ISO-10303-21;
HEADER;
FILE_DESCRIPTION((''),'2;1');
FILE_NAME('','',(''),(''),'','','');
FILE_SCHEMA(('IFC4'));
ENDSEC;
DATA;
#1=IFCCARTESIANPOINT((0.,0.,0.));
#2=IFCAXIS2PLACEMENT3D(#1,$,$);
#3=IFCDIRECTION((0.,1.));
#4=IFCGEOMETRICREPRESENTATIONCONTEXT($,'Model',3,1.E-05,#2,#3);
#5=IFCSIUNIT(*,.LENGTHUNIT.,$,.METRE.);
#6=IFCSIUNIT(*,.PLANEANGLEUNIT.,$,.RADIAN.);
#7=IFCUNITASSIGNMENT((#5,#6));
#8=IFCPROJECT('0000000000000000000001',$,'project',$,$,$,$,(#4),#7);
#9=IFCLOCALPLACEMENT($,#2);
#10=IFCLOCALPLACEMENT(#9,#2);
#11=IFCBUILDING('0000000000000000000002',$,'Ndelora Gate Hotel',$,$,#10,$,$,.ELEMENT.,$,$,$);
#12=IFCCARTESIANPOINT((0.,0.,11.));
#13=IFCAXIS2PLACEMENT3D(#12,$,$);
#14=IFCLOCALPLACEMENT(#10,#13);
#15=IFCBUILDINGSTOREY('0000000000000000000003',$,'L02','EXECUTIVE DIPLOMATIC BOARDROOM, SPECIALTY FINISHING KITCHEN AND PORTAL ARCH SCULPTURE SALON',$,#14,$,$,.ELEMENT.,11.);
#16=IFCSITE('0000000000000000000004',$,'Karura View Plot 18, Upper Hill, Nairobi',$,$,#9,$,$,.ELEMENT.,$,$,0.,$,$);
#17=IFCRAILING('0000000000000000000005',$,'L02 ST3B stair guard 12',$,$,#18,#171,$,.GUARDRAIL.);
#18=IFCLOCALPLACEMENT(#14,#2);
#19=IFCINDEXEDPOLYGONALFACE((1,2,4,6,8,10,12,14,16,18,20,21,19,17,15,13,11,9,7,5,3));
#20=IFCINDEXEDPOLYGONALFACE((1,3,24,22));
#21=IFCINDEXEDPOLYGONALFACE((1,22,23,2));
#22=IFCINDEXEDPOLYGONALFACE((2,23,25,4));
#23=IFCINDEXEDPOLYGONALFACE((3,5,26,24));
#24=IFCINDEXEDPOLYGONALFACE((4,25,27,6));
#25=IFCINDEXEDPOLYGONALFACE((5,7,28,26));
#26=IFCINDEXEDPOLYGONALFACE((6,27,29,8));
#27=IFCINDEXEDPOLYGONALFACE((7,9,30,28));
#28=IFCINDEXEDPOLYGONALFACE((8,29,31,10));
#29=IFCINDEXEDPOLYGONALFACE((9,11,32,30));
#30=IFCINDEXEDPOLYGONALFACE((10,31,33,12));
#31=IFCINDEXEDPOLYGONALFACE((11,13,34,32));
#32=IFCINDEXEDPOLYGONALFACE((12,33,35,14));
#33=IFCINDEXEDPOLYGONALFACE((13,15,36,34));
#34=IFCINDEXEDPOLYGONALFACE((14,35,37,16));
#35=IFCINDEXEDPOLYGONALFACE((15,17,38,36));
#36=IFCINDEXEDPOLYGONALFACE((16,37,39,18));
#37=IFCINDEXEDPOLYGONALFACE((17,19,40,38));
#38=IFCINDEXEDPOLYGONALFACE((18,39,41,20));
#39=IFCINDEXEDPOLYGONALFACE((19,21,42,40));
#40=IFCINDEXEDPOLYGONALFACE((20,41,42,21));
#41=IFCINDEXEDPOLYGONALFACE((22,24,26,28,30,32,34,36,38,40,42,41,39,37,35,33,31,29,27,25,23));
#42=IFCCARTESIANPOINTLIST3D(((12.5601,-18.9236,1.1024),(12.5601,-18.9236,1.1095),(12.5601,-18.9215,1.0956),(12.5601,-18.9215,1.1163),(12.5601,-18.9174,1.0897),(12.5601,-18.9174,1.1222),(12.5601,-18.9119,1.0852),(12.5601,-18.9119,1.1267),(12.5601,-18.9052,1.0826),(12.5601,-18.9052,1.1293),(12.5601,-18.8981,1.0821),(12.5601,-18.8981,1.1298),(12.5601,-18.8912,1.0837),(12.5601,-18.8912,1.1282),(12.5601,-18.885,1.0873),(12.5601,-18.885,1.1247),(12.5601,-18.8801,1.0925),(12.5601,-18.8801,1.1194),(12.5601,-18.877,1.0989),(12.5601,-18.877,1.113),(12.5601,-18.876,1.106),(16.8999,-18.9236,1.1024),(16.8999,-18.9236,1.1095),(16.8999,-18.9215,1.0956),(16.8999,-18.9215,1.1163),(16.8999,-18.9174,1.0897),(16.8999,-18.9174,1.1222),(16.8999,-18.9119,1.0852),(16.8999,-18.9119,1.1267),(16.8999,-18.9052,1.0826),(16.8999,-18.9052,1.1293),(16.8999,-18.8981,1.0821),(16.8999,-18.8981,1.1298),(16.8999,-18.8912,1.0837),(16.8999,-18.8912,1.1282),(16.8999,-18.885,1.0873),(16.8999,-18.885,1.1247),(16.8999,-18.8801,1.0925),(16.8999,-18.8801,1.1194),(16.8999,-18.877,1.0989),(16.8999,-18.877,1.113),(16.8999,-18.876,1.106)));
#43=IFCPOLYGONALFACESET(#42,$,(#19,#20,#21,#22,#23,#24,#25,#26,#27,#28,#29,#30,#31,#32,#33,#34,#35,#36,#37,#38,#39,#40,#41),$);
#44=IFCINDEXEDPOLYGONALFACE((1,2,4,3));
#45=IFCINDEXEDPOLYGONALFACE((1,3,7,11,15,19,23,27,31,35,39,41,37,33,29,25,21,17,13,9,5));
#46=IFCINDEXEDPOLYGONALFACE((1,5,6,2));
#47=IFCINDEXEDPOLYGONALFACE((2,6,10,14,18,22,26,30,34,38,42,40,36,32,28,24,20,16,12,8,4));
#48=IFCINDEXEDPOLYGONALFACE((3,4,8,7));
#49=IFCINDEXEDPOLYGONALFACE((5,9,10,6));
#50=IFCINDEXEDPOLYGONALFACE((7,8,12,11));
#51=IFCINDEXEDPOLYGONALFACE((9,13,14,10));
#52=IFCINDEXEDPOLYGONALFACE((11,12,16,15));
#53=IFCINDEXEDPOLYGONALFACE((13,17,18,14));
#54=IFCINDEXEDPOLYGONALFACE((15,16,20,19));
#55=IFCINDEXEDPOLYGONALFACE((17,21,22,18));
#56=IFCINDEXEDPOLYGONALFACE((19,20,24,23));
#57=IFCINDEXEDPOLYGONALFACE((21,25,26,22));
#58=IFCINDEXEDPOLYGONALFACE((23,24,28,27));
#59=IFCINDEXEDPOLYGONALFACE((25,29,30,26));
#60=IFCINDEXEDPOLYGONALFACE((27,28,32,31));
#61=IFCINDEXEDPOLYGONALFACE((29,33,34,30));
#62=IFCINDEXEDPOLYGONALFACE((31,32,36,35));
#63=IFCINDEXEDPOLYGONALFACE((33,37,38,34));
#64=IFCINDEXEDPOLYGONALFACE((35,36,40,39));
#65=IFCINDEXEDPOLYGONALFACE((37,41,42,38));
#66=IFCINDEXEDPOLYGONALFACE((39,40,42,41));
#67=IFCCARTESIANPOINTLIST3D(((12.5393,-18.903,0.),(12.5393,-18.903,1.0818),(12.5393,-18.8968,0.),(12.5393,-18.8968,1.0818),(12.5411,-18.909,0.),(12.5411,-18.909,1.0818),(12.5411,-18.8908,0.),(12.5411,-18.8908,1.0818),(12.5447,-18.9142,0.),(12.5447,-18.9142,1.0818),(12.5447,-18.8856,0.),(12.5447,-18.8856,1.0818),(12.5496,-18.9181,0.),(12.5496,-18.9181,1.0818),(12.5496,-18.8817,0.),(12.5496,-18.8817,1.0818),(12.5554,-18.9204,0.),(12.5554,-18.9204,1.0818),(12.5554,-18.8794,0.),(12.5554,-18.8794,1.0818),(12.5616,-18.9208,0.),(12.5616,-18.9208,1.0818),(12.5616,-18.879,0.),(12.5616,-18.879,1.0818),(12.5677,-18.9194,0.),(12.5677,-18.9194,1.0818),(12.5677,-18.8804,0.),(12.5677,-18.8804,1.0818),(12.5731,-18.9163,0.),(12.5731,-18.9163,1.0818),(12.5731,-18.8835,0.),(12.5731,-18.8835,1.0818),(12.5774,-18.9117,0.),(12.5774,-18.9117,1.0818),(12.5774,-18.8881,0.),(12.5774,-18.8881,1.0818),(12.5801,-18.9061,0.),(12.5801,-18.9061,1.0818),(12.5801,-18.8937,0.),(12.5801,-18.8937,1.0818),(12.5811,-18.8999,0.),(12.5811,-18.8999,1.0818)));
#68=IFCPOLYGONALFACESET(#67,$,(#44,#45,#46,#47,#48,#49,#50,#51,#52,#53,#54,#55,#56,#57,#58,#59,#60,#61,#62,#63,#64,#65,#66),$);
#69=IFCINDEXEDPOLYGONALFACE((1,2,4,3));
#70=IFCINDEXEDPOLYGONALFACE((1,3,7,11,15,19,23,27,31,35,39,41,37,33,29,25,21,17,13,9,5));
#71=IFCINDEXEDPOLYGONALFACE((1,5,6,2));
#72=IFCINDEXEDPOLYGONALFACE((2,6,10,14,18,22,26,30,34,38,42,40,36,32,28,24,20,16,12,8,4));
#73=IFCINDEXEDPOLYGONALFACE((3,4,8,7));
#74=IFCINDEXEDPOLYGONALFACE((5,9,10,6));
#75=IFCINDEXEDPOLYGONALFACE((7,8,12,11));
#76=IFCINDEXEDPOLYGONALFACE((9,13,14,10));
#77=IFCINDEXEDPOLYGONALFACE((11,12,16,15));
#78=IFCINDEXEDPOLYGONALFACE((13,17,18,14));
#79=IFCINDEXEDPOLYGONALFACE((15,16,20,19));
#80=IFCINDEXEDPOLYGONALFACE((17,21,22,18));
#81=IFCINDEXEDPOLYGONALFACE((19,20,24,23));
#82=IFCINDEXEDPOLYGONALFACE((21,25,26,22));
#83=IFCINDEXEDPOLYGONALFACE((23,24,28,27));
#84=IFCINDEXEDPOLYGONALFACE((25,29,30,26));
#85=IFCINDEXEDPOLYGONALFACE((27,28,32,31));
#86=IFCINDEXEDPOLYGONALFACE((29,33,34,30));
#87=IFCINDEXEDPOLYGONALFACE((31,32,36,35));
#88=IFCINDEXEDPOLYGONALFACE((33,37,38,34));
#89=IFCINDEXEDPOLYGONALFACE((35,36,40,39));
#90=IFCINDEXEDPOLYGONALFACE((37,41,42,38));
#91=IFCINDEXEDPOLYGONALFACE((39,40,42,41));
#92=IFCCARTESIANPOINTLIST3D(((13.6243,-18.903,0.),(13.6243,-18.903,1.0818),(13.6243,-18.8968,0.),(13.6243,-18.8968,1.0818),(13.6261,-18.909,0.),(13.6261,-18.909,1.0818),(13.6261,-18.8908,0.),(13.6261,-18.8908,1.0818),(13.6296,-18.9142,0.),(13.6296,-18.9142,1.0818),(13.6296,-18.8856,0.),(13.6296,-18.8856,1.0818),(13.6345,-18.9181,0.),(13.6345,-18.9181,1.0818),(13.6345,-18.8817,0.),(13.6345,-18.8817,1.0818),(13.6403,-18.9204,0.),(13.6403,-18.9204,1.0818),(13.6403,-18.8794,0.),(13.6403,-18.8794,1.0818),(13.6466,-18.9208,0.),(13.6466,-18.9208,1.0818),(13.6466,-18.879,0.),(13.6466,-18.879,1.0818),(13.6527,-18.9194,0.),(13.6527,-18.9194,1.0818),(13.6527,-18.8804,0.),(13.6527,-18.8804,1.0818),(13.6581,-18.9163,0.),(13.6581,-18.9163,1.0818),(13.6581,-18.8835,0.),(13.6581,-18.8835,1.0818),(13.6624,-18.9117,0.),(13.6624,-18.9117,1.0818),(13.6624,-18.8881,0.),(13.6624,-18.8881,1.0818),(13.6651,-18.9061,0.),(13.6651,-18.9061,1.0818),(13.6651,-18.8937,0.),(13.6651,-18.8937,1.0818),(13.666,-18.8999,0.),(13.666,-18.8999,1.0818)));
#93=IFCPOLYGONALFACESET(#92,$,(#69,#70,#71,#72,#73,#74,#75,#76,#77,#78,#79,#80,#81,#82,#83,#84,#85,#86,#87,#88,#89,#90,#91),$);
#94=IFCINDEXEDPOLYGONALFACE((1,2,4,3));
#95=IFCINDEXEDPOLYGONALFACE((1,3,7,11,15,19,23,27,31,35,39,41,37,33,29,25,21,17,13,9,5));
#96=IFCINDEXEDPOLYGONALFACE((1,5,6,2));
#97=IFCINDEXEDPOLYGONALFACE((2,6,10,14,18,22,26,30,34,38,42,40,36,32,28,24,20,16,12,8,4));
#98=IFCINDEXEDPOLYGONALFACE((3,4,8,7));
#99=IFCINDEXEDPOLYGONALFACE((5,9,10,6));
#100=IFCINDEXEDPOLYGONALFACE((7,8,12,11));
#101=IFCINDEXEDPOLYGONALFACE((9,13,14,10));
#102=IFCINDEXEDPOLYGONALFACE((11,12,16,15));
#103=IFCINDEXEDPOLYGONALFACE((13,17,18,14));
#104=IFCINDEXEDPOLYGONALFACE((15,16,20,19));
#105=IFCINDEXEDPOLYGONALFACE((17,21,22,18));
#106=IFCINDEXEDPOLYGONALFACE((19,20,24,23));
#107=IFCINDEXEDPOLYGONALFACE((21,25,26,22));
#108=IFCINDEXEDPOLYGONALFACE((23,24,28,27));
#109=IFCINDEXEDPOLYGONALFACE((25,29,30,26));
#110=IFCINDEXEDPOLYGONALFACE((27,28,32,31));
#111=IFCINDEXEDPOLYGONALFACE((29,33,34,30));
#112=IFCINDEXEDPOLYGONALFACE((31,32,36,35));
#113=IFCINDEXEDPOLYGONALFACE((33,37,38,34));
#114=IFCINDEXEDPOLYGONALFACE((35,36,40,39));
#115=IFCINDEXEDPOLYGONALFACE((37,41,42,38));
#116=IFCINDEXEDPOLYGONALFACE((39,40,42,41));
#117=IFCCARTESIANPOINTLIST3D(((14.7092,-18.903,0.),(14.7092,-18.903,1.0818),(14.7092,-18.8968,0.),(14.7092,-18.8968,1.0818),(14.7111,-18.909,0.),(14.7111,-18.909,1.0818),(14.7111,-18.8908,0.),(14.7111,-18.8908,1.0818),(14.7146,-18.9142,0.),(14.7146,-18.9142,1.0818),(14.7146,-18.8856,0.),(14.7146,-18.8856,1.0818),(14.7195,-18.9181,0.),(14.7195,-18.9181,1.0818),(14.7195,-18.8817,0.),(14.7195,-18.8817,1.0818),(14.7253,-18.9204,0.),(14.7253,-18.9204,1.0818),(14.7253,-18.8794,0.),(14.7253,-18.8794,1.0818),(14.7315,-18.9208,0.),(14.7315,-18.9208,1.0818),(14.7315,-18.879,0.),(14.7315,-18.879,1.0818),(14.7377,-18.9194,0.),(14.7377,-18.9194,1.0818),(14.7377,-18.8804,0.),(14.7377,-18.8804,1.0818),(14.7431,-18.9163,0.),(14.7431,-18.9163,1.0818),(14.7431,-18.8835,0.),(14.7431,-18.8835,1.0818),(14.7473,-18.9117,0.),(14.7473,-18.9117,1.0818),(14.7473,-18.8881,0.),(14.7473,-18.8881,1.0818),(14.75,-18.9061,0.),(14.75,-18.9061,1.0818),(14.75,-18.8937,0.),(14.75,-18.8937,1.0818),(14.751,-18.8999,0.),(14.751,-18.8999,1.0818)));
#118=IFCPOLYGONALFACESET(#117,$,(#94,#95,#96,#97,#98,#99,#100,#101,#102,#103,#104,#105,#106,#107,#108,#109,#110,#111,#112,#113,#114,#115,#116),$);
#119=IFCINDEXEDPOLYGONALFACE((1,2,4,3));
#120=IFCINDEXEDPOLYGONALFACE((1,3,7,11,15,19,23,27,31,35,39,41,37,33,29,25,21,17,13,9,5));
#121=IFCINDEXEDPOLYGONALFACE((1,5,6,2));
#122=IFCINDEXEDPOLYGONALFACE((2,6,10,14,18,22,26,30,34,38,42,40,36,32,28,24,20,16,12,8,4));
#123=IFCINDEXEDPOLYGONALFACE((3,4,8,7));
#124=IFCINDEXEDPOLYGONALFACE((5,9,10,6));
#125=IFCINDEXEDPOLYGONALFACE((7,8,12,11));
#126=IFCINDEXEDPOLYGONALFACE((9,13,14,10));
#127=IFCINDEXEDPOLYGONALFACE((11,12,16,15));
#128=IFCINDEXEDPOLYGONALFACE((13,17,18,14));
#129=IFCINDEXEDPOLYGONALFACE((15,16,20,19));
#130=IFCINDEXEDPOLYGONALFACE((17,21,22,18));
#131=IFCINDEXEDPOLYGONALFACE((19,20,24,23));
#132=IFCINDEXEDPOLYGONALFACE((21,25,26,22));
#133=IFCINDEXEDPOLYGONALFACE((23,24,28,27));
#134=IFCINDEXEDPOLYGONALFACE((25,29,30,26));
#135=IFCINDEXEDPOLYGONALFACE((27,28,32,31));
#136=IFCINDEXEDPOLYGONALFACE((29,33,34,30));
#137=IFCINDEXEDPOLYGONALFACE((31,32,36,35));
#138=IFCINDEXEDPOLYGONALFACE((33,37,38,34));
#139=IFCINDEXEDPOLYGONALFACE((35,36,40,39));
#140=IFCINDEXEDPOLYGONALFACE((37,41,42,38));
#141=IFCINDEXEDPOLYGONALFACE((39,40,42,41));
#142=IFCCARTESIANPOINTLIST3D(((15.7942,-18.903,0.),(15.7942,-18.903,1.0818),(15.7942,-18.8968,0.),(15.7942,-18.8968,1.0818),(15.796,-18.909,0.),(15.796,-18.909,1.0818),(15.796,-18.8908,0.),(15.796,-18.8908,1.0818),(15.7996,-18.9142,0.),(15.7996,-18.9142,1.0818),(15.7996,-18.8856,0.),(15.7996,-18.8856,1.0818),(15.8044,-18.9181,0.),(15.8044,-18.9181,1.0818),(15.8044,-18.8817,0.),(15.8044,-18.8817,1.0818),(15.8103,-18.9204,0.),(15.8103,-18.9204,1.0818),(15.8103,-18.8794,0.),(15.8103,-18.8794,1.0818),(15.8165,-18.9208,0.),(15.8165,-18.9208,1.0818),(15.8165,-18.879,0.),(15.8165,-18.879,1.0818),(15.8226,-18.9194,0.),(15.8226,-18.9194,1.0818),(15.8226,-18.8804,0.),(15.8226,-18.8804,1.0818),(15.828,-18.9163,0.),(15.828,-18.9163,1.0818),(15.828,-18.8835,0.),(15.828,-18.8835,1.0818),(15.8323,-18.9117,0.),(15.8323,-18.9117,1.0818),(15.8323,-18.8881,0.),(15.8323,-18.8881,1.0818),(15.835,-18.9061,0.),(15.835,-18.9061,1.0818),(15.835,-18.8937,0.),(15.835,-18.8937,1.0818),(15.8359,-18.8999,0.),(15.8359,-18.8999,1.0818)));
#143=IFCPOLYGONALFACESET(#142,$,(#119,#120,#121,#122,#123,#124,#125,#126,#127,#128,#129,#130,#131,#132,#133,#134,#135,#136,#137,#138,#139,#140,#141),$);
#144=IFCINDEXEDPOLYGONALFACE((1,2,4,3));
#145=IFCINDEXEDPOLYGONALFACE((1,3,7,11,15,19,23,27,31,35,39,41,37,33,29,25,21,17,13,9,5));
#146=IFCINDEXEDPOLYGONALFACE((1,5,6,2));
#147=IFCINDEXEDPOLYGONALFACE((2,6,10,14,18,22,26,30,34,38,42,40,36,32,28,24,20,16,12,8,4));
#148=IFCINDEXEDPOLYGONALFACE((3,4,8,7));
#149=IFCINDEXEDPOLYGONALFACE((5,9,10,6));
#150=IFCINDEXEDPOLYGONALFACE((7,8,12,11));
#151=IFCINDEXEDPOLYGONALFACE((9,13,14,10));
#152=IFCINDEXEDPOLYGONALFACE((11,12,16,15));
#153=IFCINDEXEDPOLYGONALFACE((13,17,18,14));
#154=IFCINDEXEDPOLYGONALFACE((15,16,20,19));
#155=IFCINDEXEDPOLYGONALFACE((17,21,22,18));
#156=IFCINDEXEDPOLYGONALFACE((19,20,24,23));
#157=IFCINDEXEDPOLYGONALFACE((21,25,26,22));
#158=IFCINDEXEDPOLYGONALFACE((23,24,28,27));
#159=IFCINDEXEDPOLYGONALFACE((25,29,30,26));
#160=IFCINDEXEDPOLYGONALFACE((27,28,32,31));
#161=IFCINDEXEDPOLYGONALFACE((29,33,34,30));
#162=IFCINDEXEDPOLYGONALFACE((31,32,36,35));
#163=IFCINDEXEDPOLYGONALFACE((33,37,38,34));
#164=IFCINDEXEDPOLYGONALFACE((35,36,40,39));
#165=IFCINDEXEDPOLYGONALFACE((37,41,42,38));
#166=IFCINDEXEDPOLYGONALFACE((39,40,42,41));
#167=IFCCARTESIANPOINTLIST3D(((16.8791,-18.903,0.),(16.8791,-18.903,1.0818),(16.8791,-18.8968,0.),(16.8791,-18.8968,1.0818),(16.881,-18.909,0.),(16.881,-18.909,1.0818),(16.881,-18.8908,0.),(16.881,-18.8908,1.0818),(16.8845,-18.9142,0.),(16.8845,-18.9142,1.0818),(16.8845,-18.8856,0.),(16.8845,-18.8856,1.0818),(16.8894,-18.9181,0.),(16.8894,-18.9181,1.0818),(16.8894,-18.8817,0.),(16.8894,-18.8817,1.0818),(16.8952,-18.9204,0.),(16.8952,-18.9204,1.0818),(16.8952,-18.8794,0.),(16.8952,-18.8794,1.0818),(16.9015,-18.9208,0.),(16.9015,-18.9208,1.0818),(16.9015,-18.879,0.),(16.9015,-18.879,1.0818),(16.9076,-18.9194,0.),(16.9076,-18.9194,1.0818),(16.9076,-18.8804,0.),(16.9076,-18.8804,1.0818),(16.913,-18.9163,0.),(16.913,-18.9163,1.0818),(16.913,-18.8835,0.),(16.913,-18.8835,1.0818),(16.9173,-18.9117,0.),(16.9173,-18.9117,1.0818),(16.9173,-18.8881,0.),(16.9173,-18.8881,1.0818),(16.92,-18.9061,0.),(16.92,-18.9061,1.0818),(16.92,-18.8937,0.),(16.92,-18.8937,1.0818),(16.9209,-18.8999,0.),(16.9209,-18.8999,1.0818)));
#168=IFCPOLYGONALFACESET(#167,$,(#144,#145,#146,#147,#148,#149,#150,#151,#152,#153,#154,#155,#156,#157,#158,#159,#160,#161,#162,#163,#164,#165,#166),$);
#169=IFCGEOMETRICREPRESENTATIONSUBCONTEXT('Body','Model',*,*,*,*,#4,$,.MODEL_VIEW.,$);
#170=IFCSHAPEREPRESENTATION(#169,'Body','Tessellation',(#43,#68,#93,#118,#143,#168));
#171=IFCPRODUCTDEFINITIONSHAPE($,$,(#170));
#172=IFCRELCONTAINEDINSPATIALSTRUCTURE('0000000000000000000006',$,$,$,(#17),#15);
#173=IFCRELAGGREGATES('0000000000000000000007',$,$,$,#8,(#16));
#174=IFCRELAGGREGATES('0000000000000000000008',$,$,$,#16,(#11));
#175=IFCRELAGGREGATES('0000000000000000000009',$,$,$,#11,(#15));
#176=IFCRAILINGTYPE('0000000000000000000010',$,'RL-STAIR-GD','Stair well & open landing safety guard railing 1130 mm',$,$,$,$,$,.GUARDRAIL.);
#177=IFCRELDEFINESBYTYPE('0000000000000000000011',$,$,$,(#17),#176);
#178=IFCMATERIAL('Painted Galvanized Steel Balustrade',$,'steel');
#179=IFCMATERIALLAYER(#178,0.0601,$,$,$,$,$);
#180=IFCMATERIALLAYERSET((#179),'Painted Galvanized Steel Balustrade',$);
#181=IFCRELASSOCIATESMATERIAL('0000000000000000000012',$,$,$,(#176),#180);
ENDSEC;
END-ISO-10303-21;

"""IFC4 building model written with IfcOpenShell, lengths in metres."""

from ifc_helpers import new_model, si_unit, direction, frame, origin, origin_2d, place, context, subcontext, project, spatial, circle, extrude, material, layer, layer_set, type_object, element, save


model = new_model("IFC4")

# Units and contexts
model_context = context("Model", 3, precision=1e-05, world=origin(), true_north=direction((0.0, 1.0)))
body_context = subcontext(model_context, "Body", "Model", "MODEL_VIEW")
ifc_project = project(units=[si_unit("LENGTHUNIT", "METRE"), si_unit("PLANEANGLEUNIT", "RADIAN")], contexts=[model_context])

# Site, building, storey
site_placement = place(None, origin())
site = spatial("IfcSite", under=ifc_project, at=site_placement, Name="Karura View Plot 18, Upper Hill, Nairobi", CompositionType="ELEMENT", RefElevation=0.0)
building_placement = place(site_placement, origin())
building = spatial("IfcBuilding", under=site, at=building_placement, Name="Ndelora Gate Hotel", CompositionType="ELEMENT")
storey_placement = place(building_placement, frame((0.0, 0.0, 11.0)))
storey = spatial("IfcBuildingStorey", under=building, at=storey_placement, Name="L02", Description="EXECUTIVE DIPLOMATIC BOARDROOM, SPECIALTY FINISHING KITCHEN AND PORTAL ARCH SCULPTURE SALON", CompositionType="ELEMENT", Elevation=11.0)

# Railing
ifc_material_1 = material(Name="Painted Galvanized Steel Balustrade", Category="steel")
ifc_layer_1 = layer(ifc_material_1, 0.0601)
ifc_layer_set_1 = layer_set([ifc_layer_1], Name="Painted Galvanized Steel Balustrade")
railing_type_1 = type_object("IfcRailingType", Name="RL-STAIR-GD", Description="Stair well & open landing safety guard railing 1130 mm", PredefinedType="GUARDRAIL", material=ifc_layer_set_1)
railing_1_placement = place(storey_placement, frame((12.5601, -18.8999, 0.0)))
element("IfcRailing", 1, at=railing_1_placement, inside=storey, type_object=railing_type_1, Name="L02 ST3B stair guard 12", PredefinedType="GUARDRAIL", context=body_context, shape_type="SweptSolid", body=[
    extrude(circle(Radius=0.0239, at=origin_2d()), frame((0.0, 0.0, 1.106), z_axis=(1.0, 0.0, 0.0), x_axis=(0.0, 1.0, 0.0)), (0.0, 0.0, 1.0), 4.3398),
    extrude(circle(Radius=0.021, at=origin_2d()), origin(), (0.0, 0.0, 1.0), 1.0818),
    extrude(circle(Radius=0.021, at=origin_2d()), frame((1.085, 0.0, 0.0)), (0.0, 0.0, 1.0), 1.0818),
    extrude(circle(Radius=0.021, at=origin_2d()), frame((2.1699, 0.0, 0.0)), (0.0, 0.0, 1.0), 1.0818),
    extrude(circle(Radius=0.021, at=origin_2d()), frame((3.2549, 0.0, 0.0)), (0.0, 0.0, 1.0), 1.0818),
    extrude(circle(Radius=0.021, at=origin_2d()), frame((4.3398, 0.0, 0.0)), (0.0, 0.0, 1.0), 1.0818),
])

save(model, "model.ifc")
